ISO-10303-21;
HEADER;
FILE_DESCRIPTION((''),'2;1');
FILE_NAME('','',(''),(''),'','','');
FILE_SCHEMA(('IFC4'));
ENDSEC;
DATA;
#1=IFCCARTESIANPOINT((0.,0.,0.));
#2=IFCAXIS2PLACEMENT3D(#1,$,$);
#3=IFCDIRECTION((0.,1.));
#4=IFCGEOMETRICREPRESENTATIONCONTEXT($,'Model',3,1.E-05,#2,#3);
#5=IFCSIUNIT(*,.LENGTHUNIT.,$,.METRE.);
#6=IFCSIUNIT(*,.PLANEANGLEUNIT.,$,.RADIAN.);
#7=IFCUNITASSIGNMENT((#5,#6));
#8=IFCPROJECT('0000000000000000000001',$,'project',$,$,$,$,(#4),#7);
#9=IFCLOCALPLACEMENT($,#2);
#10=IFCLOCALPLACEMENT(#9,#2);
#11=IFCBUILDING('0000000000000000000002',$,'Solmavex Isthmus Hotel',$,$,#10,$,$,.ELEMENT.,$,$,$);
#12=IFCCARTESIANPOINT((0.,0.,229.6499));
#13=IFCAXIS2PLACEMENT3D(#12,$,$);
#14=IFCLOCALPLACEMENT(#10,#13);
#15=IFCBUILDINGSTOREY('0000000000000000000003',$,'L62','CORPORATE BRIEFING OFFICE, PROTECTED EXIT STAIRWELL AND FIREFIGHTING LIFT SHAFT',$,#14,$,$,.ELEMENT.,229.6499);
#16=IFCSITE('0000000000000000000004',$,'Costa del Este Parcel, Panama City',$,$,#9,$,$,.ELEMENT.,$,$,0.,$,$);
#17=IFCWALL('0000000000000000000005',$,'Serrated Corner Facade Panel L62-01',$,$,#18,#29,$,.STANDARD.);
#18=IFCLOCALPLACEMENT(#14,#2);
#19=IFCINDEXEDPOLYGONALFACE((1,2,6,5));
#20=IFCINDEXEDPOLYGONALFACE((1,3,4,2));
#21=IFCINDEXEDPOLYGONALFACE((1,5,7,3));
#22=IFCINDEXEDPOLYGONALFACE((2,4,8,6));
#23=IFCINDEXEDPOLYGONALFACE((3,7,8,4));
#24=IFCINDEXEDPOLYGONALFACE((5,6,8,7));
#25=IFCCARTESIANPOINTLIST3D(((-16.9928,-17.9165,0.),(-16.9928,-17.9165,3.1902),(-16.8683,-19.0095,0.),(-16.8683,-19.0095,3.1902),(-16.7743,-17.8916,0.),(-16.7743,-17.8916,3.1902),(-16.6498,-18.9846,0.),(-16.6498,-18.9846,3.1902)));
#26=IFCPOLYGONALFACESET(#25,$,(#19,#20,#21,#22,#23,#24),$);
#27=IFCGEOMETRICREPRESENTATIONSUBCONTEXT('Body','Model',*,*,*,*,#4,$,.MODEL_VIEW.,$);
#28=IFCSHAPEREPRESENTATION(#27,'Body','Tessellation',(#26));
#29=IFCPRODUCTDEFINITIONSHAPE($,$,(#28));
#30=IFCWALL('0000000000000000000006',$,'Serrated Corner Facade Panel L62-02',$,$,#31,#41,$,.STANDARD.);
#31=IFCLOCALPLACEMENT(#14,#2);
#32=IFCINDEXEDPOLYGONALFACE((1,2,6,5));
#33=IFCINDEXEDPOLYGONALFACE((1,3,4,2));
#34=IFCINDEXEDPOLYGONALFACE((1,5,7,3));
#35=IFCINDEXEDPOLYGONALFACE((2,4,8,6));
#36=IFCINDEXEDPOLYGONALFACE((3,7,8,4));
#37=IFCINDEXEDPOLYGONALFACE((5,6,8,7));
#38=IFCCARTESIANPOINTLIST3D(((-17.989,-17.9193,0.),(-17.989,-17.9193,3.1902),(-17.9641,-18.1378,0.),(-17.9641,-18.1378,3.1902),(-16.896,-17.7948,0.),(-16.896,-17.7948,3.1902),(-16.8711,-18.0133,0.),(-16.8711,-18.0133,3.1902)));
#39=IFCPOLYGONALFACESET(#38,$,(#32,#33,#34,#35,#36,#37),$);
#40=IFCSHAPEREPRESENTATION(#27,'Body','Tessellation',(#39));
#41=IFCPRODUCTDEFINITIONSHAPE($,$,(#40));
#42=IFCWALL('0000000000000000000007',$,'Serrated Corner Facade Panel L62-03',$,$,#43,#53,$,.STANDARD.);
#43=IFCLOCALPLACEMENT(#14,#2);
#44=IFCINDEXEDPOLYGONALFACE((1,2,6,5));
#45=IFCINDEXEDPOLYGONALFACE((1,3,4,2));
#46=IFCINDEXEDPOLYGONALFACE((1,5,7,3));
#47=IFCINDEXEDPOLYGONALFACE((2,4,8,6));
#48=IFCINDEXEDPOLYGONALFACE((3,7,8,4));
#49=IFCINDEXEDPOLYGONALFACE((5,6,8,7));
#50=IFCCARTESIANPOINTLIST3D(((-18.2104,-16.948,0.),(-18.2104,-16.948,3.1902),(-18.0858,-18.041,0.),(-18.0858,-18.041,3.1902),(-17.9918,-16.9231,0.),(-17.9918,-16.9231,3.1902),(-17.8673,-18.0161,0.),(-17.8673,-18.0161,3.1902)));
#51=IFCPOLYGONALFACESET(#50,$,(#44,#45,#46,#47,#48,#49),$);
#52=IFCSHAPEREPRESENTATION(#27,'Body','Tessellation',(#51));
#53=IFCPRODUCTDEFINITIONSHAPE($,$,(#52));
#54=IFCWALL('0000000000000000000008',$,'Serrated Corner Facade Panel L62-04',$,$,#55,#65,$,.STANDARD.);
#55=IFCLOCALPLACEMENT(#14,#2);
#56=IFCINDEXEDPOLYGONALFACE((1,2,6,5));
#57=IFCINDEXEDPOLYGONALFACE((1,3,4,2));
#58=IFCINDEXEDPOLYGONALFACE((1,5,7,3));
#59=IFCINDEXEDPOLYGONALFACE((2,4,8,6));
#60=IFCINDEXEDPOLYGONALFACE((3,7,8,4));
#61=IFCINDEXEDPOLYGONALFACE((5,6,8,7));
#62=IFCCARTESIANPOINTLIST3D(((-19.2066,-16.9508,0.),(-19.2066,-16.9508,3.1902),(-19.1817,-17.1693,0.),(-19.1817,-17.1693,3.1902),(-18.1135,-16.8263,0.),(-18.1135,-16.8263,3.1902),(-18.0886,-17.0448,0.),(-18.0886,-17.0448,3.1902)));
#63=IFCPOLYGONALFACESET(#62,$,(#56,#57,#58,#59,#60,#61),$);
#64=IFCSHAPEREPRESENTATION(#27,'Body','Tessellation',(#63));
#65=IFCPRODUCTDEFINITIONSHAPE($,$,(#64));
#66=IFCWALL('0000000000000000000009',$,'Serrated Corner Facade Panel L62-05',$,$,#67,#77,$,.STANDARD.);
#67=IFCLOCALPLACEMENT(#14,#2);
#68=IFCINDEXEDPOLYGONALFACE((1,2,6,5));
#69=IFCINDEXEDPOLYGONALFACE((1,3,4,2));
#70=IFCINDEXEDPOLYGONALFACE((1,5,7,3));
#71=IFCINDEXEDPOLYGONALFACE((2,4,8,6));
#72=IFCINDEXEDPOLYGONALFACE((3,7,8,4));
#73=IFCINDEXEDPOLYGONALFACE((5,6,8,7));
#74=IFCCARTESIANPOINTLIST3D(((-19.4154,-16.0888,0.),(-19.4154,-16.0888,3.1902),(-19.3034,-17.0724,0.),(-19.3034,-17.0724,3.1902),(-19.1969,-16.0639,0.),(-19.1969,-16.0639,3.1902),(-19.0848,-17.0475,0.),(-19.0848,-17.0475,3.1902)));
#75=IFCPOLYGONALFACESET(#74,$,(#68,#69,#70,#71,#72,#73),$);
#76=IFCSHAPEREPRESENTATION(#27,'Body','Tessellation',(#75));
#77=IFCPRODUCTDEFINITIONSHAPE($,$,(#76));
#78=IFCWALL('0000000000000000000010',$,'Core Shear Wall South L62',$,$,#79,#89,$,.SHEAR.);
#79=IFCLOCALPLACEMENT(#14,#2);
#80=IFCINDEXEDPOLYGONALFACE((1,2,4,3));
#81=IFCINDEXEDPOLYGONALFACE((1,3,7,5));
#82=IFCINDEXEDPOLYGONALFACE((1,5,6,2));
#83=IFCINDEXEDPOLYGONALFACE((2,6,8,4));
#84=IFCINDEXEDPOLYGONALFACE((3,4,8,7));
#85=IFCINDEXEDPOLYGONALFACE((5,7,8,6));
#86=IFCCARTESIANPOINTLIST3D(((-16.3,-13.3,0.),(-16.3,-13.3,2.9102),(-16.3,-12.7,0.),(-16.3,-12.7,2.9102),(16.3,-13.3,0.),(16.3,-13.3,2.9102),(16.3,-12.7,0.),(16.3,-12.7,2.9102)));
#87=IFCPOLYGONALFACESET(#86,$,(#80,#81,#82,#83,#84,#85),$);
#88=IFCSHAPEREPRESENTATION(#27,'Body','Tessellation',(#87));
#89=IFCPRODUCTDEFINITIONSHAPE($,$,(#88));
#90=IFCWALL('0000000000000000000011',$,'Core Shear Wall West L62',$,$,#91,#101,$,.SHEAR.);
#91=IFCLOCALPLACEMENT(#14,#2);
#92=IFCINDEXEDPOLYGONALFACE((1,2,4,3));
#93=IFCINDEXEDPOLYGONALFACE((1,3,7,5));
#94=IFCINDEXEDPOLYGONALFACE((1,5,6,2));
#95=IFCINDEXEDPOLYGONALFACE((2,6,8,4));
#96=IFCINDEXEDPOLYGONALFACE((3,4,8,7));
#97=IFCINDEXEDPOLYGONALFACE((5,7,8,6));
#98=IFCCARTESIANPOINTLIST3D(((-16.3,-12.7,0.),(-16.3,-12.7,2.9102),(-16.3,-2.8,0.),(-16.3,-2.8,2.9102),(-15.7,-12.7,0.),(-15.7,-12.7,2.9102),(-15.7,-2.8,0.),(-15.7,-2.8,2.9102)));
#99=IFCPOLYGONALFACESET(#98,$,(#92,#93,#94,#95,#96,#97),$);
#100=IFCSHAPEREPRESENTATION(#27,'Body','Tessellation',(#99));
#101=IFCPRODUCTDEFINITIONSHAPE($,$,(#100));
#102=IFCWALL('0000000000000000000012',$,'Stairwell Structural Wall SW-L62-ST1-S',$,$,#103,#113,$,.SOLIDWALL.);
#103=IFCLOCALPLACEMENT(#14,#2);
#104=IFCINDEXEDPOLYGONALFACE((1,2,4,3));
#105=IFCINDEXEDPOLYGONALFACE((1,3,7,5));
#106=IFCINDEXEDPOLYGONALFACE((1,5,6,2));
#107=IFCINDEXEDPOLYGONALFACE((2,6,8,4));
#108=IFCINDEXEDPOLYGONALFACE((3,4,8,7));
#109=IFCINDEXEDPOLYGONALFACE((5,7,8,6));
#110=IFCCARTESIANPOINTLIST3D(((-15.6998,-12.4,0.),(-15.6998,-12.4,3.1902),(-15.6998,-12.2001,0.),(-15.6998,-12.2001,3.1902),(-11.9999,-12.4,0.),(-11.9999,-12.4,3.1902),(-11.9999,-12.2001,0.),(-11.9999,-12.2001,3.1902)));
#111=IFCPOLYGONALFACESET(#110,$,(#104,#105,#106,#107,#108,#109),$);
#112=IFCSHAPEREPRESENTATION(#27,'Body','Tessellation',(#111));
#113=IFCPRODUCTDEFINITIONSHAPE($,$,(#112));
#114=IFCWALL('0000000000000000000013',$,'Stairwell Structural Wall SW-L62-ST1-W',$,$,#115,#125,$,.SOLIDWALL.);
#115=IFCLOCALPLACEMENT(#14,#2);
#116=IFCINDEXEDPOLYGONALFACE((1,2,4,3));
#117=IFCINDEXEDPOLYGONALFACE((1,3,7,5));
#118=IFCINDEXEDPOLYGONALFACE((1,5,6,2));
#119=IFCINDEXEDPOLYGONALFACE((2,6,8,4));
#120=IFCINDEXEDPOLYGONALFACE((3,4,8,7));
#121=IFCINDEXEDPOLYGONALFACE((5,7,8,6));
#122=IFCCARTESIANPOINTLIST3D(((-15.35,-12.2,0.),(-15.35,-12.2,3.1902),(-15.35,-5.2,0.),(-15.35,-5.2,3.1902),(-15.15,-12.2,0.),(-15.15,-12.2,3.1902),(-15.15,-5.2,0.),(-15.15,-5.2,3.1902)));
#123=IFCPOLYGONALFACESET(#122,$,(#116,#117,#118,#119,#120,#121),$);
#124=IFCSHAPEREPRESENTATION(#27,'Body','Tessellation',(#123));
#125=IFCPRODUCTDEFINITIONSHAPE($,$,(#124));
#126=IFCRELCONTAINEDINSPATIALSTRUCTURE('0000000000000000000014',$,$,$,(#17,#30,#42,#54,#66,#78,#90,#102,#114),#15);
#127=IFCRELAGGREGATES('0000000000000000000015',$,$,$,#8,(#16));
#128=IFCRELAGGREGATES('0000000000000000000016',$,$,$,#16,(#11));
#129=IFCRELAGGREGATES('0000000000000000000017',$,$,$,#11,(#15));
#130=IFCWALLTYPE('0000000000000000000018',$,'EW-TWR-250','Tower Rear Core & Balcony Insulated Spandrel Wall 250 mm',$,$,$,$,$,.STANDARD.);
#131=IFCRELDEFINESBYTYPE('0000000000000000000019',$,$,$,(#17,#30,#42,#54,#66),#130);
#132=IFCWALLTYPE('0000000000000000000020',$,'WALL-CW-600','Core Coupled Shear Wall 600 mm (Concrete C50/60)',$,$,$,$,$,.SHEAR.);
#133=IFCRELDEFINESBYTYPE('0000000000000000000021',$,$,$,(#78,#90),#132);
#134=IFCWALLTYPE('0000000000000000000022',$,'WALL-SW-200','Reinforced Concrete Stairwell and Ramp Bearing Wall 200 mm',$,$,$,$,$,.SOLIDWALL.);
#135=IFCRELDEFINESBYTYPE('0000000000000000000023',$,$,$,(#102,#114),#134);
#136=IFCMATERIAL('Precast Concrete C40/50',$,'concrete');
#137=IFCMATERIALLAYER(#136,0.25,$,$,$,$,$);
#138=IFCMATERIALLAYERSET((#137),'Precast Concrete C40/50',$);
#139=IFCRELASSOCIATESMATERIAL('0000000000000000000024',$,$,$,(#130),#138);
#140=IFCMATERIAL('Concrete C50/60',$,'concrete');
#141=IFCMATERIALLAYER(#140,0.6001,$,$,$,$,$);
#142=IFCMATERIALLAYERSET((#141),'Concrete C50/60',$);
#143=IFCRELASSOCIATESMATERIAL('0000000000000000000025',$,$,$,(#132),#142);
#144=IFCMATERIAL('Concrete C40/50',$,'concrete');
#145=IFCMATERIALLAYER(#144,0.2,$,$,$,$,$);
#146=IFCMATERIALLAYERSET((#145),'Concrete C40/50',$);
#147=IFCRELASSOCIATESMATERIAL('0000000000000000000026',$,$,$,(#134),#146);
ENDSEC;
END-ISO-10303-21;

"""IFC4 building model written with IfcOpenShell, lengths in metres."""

from ifc_helpers import new_model, si_unit, direction, frame, frame_2d, origin, place, context, subcontext, project, spatial, rectangle, extrude, material, layer, layer_set, type_object, element, save


model = new_model("IFC4")

# Units and contexts
model_context = context("Model", 3, precision=1e-05, world=origin(), true_north=direction((0.0, 1.0)))
body_context = subcontext(model_context, "Body", "Model", "MODEL_VIEW")
ifc_project = project(units=[si_unit("LENGTHUNIT", "METRE"), si_unit("PLANEANGLEUNIT", "RADIAN")], contexts=[model_context])

# Site, building, storey
site_placement = place(None, origin())
site = spatial("IfcSite", under=ifc_project, at=site_placement, Name="Costa del Este Parcel, Panama City", CompositionType="ELEMENT", RefElevation=0.0)
building_placement = place(site_placement, origin())
building = spatial("IfcBuilding", under=site, at=building_placement, Name="Solmavex Isthmus Hotel", CompositionType="ELEMENT")
storey_placement = place(building_placement, frame((0.0, 0.0, 229.6499)))
storey = spatial("IfcBuildingStorey", under=building, at=storey_placement, Name="L62", Description="CORPORATE BRIEFING OFFICE, PROTECTED EXIT STAIRWELL AND FIREFIGHTING LIFT SHAFT", CompositionType="ELEMENT", Elevation=229.6499)

# Shared definitions
ifc_material_1 = material(Name="Concrete C50/60", Category="concrete")

# Shared definitions
ifc_material_2 = material(Name="Precast Concrete C40/50", Category="concrete")
ifc_layer_1 = layer(ifc_material_2, 0.25)
ifc_layer_set_1 = layer_set([ifc_layer_1], Name="Precast Concrete C40/50")
wall_type_1 = type_object("IfcWallType", Name="EW-TWR-250", Description="Tower Rear Core & Balcony Insulated Spandrel Wall 250 mm", PredefinedType="STANDARD", material=ifc_layer_set_1)

# Walls
for number, where, z_axis, x_axis, name in (
    (1, (-16.759, -18.9971, 0.0), (0.0, 0.0, 1.0), (-0.113184, 0.993574, 0.0), "Serrated Corner Facade Panel L62-01"),
    (2, (-16.8835, -17.9041, 0.0), (0.0, 0.0, 1.0), (-0.993574, -0.113184, 0.0), "Serrated Corner Facade Panel L62-02"),
    (3, (-17.9766, -18.0286, 0.0), (0.0, 0.0, 1.0), (-0.113184, 0.993574, 0.0), "Serrated Corner Facade Panel L62-03"),
    (4, (-18.1011, -16.9355, 0.0), (0.0, 0.0, 1.0), (-0.993574, -0.113184, 0.0), "Serrated Corner Facade Panel L62-04"),
):
    element("IfcWall", number, at=place(storey_placement, frame(where, z_axis=z_axis, x_axis=x_axis)), inside=storey, type_object=wall_type_1, Name=name, PredefinedType="STANDARD", context=body_context, shape_type="SweptSolid", body=[
        extrude(rectangle(XDim=1.1001, YDim=0.22, at=frame_2d((0.55, 0.0))), origin(), (0.0, 0.0, 1.0), 3.1902),
    ])
wall_1_placement = place(storey_placement, frame((-19.1941, -17.0601, 0.0), z_axis=(0.0, 0.0, 1.0), x_axis=(-0.113192, 0.993573, 0.0)))
element("IfcWall", 5, at=wall_1_placement, inside=storey, type_object=wall_type_1, Name="Serrated Corner Facade Panel L62-05", PredefinedType="STANDARD", context=body_context, shape_type="SweptSolid", body=[
    extrude(rectangle(XDim=0.99, YDim=0.22, at=frame_2d((0.4951, 0.0))), origin(), (0.0, 0.0, 1.0), 3.1902),
])
ifc_layer_2 = layer(ifc_material_1, 0.6001)
ifc_layer_set_2 = layer_set([ifc_layer_2], Name="Concrete C50/60")
wall_type_2 = type_object("IfcWallType", Name="WALL-CW-600", Description="Core Coupled Shear Wall 600 mm (Concrete C50/60)", PredefinedType="SHEAR", material=ifc_layer_set_2)
wall_2_placement = place(storey_placement, frame((-16.3, -13.0, 0.0), z_axis=(0.0, 0.0, 1.0), x_axis=(1.0, 0.0, 0.0)))
element("IfcWall", 6, at=wall_2_placement, inside=storey, type_object=wall_type_2, Name="Core Shear Wall South L62", PredefinedType="SHEAR", context=body_context, shape_type="SweptSolid", body=[
    extrude(rectangle(XDim=32.6001, YDim=0.6001, at=frame_2d((16.3, 0.0))), origin(), (0.0, 0.0, 1.0), 2.9102),
])
wall_3_placement = place(storey_placement, frame((-16.0, -12.7, 0.0), z_axis=(0.0, 0.0, 1.0), x_axis=(0.0, 1.0, 0.0)))
element("IfcWall", 7, at=wall_3_placement, inside=storey, type_object=wall_type_2, Name="Core Shear Wall West L62", PredefinedType="SHEAR", context=body_context, shape_type="SweptSolid", body=[
    extrude(rectangle(XDim=9.8999, YDim=0.6001, at=frame_2d((4.95, 0.0))), origin(), (0.0, 0.0, 1.0), 2.9102),
])
ifc_material_3 = material(Name="Concrete C40/50", Category="concrete")
ifc_layer_3 = layer(ifc_material_3, 0.2)
ifc_layer_set_3 = layer_set([ifc_layer_3], Name="Concrete C40/50")
wall_type_3 = type_object("IfcWallType", Name="WALL-SW-200", Description="Reinforced Concrete Stairwell and Ramp Bearing Wall 200 mm", PredefinedType="SOLIDWALL", material=ifc_layer_set_3)
wall_4_placement = place(storey_placement, frame((-15.7, -12.3, 0.0), z_axis=(0.0, 0.0, 1.0), x_axis=(1.0, 0.0, 0.0)))
element("IfcWall", 8, at=wall_4_placement, inside=storey, type_object=wall_type_3, Name="Stairwell Structural Wall SW-L62-ST1-S", PredefinedType="SOLIDWALL", context=body_context, shape_type="SweptSolid", body=[
    extrude(rectangle(XDim=3.7, YDim=0.2, at=frame_2d((1.8501, 0.0))), origin(), (0.0, 0.0, 1.0), 3.1902),
])
wall_5_placement = place(storey_placement, frame((-15.25, -12.2, 0.0), z_axis=(0.0, 0.0, 1.0), x_axis=(0.0, 1.0, 0.0)))
element("IfcWall", 9, at=wall_5_placement, inside=storey, type_object=wall_type_3, Name="Stairwell Structural Wall SW-L62-ST1-W", PredefinedType="SOLIDWALL", context=body_context, shape_type="SweptSolid", body=[
    extrude(rectangle(XDim=7.0, YDim=0.2, at=frame_2d((3.5, 0.0))), origin(), (0.0, 0.0, 1.0), 3.1902),
])

save(model, "model.ifc")
